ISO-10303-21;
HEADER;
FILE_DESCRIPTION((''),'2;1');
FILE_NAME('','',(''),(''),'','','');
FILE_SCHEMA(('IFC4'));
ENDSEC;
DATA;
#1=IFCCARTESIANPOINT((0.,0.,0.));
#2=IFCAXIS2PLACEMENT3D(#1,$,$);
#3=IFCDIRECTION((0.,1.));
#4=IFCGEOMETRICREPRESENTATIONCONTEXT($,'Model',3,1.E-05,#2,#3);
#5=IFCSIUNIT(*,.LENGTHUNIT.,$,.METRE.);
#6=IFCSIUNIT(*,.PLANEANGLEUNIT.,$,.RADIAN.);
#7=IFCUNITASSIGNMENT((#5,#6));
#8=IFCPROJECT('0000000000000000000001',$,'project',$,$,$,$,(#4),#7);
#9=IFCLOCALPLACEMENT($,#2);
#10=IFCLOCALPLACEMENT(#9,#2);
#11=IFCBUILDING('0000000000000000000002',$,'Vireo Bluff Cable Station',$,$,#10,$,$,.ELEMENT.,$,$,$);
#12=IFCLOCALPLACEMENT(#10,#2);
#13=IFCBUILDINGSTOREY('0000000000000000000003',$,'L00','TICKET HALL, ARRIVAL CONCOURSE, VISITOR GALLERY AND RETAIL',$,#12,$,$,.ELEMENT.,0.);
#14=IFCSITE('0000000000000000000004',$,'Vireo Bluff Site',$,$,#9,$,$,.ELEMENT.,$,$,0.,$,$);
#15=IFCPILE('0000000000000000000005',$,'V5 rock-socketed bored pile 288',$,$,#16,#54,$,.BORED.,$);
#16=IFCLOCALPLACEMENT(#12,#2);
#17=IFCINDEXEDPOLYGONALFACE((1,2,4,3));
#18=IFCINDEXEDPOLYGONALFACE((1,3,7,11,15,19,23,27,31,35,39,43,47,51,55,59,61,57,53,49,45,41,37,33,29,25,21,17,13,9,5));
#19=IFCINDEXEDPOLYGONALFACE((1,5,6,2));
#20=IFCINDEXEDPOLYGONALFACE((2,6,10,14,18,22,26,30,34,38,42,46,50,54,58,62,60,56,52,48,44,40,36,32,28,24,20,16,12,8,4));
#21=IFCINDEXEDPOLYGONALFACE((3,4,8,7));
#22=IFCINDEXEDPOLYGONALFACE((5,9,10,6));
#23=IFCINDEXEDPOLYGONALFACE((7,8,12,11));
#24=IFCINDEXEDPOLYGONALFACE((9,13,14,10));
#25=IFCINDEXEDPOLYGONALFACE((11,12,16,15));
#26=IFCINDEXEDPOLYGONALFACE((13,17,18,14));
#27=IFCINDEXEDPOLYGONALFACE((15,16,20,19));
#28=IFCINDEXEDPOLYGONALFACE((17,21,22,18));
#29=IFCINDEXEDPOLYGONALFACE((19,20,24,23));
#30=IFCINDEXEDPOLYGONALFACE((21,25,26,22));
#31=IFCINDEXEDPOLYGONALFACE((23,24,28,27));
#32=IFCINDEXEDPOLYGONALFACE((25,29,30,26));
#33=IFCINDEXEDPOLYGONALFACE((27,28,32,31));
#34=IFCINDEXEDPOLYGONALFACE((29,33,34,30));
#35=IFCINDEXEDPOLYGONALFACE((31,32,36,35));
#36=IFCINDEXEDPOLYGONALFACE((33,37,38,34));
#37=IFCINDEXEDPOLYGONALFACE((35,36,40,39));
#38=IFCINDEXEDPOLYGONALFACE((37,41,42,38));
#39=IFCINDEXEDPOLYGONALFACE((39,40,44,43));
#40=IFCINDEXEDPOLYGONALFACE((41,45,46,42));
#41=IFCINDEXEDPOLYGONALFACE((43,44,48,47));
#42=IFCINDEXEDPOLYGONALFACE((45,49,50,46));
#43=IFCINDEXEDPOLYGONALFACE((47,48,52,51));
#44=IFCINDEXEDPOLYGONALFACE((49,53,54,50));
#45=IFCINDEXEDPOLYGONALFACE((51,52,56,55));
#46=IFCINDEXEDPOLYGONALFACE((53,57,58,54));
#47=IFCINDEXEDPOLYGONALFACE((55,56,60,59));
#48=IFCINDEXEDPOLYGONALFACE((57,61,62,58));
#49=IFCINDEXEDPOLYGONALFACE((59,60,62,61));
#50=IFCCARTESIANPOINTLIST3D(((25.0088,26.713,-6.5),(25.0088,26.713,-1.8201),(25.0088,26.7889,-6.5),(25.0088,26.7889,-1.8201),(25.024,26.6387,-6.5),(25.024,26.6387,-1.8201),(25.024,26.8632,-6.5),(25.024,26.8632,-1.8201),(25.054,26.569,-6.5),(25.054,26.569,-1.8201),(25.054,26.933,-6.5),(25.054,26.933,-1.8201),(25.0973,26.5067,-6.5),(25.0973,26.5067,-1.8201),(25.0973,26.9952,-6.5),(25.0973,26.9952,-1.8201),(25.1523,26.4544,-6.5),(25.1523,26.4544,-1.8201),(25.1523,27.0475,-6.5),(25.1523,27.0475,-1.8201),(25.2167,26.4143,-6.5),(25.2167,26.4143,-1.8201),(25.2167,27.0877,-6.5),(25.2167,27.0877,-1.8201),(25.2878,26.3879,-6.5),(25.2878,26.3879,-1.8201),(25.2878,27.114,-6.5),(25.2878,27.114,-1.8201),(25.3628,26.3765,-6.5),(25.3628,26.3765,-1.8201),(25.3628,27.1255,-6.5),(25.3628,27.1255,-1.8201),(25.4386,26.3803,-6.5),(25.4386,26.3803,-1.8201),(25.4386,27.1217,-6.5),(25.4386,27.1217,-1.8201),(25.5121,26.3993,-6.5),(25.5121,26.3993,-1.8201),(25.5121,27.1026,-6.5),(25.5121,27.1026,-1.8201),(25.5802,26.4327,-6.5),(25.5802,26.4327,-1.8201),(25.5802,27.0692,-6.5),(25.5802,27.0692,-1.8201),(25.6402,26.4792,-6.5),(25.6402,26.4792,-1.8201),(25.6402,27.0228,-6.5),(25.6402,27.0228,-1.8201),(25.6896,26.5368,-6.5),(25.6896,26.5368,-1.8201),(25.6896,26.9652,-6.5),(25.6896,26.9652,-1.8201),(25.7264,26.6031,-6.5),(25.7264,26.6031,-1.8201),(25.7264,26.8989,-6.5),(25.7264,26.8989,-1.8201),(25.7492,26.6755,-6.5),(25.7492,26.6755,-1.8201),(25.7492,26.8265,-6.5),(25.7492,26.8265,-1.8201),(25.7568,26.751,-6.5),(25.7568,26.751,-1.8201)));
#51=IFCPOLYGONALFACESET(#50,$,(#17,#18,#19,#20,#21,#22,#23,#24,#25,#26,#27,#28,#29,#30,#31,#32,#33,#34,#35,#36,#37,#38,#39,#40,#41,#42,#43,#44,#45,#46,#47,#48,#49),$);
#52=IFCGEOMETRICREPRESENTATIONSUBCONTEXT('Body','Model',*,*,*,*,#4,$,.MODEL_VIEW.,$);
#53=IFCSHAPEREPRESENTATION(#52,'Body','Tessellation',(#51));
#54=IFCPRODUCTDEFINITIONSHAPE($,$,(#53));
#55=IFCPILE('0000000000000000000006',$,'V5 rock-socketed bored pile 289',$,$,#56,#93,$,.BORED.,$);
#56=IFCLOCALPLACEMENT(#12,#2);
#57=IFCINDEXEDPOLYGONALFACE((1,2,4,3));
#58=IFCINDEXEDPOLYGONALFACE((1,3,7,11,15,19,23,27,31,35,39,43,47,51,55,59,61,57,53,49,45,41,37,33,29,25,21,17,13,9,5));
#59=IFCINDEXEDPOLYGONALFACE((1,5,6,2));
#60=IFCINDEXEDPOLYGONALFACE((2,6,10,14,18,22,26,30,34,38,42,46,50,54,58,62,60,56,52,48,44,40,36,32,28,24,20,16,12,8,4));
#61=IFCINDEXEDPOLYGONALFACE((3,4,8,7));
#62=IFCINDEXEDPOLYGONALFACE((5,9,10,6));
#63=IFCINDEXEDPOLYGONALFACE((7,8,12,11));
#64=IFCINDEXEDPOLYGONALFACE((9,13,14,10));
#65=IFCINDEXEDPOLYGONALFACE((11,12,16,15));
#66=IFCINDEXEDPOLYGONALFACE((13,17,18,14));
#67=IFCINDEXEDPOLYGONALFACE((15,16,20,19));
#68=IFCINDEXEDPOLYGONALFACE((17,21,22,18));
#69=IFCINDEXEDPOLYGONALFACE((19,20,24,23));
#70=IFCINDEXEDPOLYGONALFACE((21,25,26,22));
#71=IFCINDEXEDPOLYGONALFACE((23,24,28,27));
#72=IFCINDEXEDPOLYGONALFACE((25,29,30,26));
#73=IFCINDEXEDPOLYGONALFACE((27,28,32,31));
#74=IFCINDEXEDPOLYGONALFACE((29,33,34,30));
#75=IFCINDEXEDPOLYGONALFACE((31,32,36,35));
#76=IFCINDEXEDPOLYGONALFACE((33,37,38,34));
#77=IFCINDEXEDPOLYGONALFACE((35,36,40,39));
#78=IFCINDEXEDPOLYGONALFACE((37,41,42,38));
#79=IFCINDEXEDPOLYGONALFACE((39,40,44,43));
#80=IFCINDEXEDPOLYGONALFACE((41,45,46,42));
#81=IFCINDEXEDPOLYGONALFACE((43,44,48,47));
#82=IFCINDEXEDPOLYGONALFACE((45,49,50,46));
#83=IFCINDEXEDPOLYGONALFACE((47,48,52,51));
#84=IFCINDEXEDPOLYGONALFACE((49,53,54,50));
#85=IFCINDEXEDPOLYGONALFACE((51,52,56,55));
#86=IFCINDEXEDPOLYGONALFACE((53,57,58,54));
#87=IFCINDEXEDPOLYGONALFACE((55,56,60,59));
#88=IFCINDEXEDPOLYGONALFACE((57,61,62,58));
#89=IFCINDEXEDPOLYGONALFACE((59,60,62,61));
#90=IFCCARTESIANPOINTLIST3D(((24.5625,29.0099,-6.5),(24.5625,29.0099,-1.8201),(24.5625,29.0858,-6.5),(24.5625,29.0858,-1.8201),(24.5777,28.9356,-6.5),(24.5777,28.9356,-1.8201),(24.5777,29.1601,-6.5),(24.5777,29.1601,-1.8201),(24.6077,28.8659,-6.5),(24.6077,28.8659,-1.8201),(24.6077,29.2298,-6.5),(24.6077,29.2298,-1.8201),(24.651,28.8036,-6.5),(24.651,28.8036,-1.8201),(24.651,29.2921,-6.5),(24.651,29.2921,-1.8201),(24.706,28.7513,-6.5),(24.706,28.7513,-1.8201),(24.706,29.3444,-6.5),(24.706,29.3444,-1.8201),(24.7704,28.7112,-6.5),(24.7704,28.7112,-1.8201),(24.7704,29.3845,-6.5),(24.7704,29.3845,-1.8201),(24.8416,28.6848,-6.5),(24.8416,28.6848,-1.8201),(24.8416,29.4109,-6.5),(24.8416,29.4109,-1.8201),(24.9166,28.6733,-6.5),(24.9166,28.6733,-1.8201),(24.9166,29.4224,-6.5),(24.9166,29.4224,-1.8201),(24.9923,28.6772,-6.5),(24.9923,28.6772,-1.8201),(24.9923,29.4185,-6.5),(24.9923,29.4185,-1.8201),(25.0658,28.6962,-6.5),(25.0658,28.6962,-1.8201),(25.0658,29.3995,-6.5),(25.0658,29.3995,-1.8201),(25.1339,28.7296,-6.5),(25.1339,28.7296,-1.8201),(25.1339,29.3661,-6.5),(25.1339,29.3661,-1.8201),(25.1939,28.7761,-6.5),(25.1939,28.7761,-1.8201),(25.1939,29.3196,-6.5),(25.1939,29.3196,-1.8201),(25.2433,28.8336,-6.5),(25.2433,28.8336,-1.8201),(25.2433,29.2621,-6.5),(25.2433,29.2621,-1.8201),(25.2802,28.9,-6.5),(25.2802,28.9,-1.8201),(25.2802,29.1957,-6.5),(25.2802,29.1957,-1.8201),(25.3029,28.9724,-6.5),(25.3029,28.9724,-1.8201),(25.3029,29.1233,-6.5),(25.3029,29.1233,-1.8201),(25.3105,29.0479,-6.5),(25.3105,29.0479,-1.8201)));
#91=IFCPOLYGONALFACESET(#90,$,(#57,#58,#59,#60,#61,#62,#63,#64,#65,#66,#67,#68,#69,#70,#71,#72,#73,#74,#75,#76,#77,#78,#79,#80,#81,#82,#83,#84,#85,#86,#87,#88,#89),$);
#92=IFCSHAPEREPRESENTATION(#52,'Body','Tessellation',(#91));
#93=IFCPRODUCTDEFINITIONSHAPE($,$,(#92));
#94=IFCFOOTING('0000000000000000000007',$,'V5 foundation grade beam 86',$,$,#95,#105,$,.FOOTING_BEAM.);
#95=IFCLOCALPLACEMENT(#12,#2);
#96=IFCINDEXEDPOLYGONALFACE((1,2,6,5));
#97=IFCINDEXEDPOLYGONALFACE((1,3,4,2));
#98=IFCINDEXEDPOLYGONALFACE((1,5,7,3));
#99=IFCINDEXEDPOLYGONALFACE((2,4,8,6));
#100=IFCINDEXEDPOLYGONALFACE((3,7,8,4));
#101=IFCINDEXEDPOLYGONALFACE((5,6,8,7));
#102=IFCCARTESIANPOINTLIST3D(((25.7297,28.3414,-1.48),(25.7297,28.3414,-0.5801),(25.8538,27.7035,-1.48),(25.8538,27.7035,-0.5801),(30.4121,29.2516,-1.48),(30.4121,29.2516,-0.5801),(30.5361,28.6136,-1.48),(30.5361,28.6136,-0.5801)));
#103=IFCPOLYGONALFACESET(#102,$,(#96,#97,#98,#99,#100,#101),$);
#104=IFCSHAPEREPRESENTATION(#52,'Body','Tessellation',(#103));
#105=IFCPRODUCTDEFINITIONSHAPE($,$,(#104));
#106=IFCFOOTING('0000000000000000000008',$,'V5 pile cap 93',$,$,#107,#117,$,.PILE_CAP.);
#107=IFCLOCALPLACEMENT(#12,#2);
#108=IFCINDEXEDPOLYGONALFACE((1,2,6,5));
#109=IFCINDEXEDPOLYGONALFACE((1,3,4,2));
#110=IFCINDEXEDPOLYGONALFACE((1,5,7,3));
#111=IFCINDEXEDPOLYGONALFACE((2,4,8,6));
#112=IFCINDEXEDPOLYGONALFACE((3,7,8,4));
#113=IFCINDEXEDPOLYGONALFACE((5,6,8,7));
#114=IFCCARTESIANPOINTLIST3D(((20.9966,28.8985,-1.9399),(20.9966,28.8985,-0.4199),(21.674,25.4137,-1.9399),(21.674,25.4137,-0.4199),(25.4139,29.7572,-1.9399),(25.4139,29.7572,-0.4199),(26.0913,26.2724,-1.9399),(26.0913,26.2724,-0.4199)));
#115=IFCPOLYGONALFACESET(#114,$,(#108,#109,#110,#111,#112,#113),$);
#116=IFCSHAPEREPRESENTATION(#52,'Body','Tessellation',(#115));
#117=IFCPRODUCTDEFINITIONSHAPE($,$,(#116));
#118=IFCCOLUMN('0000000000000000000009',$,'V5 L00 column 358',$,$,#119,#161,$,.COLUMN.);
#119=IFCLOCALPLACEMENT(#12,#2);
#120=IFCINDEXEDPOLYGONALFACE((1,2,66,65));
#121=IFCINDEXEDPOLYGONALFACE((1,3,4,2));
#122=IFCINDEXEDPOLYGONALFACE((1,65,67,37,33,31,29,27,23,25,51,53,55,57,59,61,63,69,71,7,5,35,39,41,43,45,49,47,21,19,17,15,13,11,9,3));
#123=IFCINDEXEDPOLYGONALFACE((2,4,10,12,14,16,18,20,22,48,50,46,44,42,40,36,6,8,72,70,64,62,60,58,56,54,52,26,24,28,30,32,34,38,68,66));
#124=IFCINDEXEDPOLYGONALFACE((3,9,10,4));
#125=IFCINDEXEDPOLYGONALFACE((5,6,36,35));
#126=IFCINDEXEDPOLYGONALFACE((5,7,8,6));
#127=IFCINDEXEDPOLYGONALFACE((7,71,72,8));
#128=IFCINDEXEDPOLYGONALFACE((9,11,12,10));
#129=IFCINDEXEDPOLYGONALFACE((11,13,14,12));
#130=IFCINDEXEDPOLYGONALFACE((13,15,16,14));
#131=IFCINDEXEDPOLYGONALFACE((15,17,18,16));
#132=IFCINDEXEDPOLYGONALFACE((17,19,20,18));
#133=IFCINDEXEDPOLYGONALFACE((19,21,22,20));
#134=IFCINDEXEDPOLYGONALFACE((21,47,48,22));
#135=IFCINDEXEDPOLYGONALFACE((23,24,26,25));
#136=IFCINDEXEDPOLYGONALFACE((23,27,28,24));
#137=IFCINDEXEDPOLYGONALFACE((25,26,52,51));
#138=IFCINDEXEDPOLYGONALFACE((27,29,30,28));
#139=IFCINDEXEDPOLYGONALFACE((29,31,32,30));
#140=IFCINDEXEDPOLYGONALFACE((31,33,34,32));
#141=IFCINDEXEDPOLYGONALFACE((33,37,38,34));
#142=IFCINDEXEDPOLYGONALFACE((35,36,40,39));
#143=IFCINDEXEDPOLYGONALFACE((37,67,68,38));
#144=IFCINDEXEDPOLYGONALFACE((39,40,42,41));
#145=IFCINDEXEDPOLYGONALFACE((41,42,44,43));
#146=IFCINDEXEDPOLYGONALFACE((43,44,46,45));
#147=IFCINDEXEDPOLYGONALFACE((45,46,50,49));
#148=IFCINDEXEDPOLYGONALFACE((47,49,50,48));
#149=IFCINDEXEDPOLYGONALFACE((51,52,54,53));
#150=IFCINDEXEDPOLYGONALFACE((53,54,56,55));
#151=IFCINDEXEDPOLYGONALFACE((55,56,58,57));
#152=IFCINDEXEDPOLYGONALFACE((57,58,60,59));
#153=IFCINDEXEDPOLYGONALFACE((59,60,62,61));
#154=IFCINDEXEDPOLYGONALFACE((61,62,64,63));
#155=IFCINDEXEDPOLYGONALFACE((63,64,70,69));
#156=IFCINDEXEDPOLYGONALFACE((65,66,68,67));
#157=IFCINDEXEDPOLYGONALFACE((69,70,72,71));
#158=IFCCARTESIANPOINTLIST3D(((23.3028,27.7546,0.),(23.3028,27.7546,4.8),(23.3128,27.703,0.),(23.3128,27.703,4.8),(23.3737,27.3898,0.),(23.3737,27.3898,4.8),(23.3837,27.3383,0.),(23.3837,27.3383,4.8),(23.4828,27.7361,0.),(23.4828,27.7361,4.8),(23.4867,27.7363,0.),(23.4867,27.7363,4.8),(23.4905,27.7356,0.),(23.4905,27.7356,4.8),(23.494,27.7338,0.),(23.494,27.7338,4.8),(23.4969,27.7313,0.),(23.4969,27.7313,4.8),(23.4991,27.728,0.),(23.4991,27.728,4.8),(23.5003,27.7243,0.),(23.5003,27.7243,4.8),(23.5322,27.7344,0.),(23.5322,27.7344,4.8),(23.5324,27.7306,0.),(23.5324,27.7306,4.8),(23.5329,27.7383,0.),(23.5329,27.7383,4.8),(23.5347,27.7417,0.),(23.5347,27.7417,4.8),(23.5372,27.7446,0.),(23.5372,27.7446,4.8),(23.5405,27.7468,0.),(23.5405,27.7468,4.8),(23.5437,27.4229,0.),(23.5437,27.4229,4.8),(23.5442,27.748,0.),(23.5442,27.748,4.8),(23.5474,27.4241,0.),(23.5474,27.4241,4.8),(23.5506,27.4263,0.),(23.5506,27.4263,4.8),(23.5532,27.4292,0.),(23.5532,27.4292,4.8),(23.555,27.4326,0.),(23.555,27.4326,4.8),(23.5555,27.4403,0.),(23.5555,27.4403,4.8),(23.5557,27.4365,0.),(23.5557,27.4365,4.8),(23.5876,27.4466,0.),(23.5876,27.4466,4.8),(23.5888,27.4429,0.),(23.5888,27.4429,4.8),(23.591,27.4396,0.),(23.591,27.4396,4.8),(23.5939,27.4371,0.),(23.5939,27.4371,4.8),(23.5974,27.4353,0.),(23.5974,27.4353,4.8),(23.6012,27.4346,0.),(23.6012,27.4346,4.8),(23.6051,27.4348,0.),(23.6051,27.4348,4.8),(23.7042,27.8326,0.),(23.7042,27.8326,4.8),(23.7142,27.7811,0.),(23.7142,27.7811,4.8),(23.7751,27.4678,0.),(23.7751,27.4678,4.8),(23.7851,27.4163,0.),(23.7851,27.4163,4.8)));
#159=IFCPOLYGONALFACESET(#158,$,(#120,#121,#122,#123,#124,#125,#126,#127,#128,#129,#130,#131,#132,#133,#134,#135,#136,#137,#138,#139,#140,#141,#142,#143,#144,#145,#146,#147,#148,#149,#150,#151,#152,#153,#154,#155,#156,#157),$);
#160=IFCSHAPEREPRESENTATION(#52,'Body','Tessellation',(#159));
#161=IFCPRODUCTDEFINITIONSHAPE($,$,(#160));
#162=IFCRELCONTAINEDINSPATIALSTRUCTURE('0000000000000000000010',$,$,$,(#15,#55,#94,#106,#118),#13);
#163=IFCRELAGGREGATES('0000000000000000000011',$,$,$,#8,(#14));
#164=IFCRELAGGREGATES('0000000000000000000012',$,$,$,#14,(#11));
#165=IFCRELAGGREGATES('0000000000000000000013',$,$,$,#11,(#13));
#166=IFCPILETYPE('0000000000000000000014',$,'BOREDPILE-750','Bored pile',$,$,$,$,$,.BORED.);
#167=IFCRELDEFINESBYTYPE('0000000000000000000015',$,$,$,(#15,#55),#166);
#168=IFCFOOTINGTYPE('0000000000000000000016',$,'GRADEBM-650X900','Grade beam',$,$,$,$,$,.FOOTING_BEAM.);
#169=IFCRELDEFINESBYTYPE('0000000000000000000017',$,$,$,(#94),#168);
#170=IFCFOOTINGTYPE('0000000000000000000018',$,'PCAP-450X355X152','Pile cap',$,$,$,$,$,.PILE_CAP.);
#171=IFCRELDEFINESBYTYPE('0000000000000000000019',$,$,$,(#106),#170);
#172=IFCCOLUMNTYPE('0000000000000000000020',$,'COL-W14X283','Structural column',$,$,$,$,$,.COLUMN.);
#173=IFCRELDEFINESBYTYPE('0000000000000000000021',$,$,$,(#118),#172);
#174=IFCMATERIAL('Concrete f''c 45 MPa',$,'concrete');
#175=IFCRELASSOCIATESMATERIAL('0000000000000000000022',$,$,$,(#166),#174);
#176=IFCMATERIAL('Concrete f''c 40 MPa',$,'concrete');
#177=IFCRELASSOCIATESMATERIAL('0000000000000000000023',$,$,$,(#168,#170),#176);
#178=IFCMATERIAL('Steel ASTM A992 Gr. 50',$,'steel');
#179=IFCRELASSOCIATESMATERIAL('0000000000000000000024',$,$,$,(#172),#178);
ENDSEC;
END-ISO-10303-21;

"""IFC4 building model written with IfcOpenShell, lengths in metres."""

from ifc_helpers import new_model, si_unit, direction, frame, origin, origin_2d, place, context, subcontext, project, spatial, rectangle, circle, i_section, extrude, material, material_profile, profile_set, type_object, element, save


model = new_model("IFC4")

# Units and contexts
model_context = context("Model", 3, precision=1e-05, world=origin(), true_north=direction((0.0, 1.0)))
body_context = subcontext(model_context, "Body", "Model", "MODEL_VIEW")
ifc_project = project(units=[si_unit("LENGTHUNIT", "METRE"), si_unit("PLANEANGLEUNIT", "RADIAN")], contexts=[model_context])

# Site, building, storey
site_placement = place(None, origin())
site = spatial("IfcSite", under=ifc_project, at=site_placement, Name="Vireo Bluff Site", CompositionType="ELEMENT", RefElevation=0.0)
building_placement = place(site_placement, origin())
building = spatial("IfcBuilding", under=site, at=building_placement, Name="Vireo Bluff Cable Station", CompositionType="ELEMENT")
storey_placement = place(building_placement, origin())
storey = spatial("IfcBuildingStorey", under=building, at=storey_placement, Name="L00", Description="TICKET HALL, ARRIVAL CONCOURSE, VISITOR GALLERY AND RETAIL", CompositionType="ELEMENT", Elevation=0.0)

# Piles
ifc_material_1 = material(Name="Concrete f'c 45 MPa", Category="concrete")
ifc_material_profile_1 = material_profile(ifc_material_1, circle(Radius=0.375, at=origin_2d()), Name="BOREDPILE-750")
ifc_profile_set_1 = profile_set([ifc_material_profile_1], Name="Concrete f'c 45 MPa")
pile_type = type_object("IfcPileType", Name="BOREDPILE-750", Description="Bored pile", PredefinedType="BORED", material=ifc_profile_set_1)
for number, where, z_axis, x_axis, name in (
    (1, (25.3818, 26.751, -1.8201), (0.0, 0.0, -1.0), (1.0, 0.0, 0.0), "V5 rock-socketed bored pile 288"),
    (2, (24.9355, 29.0479, -1.8201), (0.0, 0.0, -1.0), (1.0, 0.0, 0.0), "V5 rock-socketed bored pile 289"),
):
    element("IfcPile", number, at=place(storey_placement, frame(where, z_axis=z_axis, x_axis=x_axis)), inside=storey, type_object=pile_type, Name=name, PredefinedType="BORED", context=body_context, shape_type="SweptSolid", body=[
        extrude(circle(Radius=0.375, at=origin_2d()), origin(), (0.0, 0.0, 1.0), 4.6799),
    ])

# Footings
ifc_material_2 = material(Name="Concrete f'c 40 MPa", Category="concrete")
ifc_material_profile_2 = material_profile(ifc_material_2, rectangle(XDim=0.6499, YDim=0.8999, at=origin_2d()), Name="GRADEBM-650X900")
ifc_profile_set_2 = profile_set([ifc_material_profile_2], Name="Concrete f'c 40 MPa")
footing_type_1 = type_object("IfcFootingType", Name="GRADEBM-650X900", Description="Grade beam", PredefinedType="FOOTING_BEAM", material=ifc_profile_set_2)
footing_1_placement = place(storey_placement, frame((25.7917, 28.0225, -1.03), z_axis=(0.981627, 0.190808, 0.0), x_axis=(-0.190808, 0.981627, 0.0)))
element("IfcFooting", 3, at=footing_1_placement, inside=storey, type_object=footing_type_1, Name="V5 foundation grade beam 86", PredefinedType="FOOTING_BEAM", context=body_context, shape_type="SweptSolid", body=[
    extrude(rectangle(XDim=0.6499, YDim=0.8999, at=origin_2d()), origin(), (0.0, 0.0, 1.0), 4.77),
])
footing_type_2 = type_object("IfcFootingType", Name="PCAP-450X355X152", Description="Pile cap", PredefinedType="PILE_CAP", material=ifc_material_2)
footing_2_placement = place(storey_placement, frame((23.5439, 27.5854, -1.9399), z_axis=(0.0, 0.0, 1.0), x_axis=(0.981627, 0.190809, 0.0)))
element("IfcFooting", 4, at=footing_2_placement, inside=storey, type_object=footing_type_2, Name="V5 pile cap 93", PredefinedType="PILE_CAP", context=body_context, shape_type="SweptSolid", body=[
    extrude(rectangle(XDim=4.5, YDim=3.55, at=origin_2d()), origin(), (0.0, 0.0, 1.0), 1.52),
])

# Column
ifc_material_3 = material(Name="Steel ASTM A992 Gr. 50", Category="steel")
ifc_material_profile_3 = material_profile(ifc_material_3, i_section(OverallWidth=0.4089, OverallDepth=0.4241, WebThickness=0.0327, FlangeThickness=0.0525, FilletRadius=0.0149, at=origin_2d()), Name="W14X283")
ifc_profile_set_3 = profile_set([ifc_material_profile_3], Name="Steel ASTM A992 Gr. 50")
column_type_1 = type_object("IfcColumnType", Name="COL-W14X283", Description="Structural column", PredefinedType="COLUMN", material=ifc_profile_set_3)
column_1_placement = place(storey_placement, frame((23.5439, 27.5854, 0.0), z_axis=(0.0, 0.0, 1.0), x_axis=(0.981627, 0.190809, 0.0)))
element("IfcColumn", 5, at=column_1_placement, inside=storey, type_object=column_type_1, Name="V5 L00 column 358", PredefinedType="COLUMN", context=body_context, shape_type="SweptSolid", body=[
    extrude(i_section(OverallWidth=0.4089, OverallDepth=0.4241, WebThickness=0.0327, FlangeThickness=0.0525, FilletRadius=0.0149, at=origin_2d()), origin(), (0.0, 0.0, 1.0), 4.8),
])

save(model, "model.ifc")
